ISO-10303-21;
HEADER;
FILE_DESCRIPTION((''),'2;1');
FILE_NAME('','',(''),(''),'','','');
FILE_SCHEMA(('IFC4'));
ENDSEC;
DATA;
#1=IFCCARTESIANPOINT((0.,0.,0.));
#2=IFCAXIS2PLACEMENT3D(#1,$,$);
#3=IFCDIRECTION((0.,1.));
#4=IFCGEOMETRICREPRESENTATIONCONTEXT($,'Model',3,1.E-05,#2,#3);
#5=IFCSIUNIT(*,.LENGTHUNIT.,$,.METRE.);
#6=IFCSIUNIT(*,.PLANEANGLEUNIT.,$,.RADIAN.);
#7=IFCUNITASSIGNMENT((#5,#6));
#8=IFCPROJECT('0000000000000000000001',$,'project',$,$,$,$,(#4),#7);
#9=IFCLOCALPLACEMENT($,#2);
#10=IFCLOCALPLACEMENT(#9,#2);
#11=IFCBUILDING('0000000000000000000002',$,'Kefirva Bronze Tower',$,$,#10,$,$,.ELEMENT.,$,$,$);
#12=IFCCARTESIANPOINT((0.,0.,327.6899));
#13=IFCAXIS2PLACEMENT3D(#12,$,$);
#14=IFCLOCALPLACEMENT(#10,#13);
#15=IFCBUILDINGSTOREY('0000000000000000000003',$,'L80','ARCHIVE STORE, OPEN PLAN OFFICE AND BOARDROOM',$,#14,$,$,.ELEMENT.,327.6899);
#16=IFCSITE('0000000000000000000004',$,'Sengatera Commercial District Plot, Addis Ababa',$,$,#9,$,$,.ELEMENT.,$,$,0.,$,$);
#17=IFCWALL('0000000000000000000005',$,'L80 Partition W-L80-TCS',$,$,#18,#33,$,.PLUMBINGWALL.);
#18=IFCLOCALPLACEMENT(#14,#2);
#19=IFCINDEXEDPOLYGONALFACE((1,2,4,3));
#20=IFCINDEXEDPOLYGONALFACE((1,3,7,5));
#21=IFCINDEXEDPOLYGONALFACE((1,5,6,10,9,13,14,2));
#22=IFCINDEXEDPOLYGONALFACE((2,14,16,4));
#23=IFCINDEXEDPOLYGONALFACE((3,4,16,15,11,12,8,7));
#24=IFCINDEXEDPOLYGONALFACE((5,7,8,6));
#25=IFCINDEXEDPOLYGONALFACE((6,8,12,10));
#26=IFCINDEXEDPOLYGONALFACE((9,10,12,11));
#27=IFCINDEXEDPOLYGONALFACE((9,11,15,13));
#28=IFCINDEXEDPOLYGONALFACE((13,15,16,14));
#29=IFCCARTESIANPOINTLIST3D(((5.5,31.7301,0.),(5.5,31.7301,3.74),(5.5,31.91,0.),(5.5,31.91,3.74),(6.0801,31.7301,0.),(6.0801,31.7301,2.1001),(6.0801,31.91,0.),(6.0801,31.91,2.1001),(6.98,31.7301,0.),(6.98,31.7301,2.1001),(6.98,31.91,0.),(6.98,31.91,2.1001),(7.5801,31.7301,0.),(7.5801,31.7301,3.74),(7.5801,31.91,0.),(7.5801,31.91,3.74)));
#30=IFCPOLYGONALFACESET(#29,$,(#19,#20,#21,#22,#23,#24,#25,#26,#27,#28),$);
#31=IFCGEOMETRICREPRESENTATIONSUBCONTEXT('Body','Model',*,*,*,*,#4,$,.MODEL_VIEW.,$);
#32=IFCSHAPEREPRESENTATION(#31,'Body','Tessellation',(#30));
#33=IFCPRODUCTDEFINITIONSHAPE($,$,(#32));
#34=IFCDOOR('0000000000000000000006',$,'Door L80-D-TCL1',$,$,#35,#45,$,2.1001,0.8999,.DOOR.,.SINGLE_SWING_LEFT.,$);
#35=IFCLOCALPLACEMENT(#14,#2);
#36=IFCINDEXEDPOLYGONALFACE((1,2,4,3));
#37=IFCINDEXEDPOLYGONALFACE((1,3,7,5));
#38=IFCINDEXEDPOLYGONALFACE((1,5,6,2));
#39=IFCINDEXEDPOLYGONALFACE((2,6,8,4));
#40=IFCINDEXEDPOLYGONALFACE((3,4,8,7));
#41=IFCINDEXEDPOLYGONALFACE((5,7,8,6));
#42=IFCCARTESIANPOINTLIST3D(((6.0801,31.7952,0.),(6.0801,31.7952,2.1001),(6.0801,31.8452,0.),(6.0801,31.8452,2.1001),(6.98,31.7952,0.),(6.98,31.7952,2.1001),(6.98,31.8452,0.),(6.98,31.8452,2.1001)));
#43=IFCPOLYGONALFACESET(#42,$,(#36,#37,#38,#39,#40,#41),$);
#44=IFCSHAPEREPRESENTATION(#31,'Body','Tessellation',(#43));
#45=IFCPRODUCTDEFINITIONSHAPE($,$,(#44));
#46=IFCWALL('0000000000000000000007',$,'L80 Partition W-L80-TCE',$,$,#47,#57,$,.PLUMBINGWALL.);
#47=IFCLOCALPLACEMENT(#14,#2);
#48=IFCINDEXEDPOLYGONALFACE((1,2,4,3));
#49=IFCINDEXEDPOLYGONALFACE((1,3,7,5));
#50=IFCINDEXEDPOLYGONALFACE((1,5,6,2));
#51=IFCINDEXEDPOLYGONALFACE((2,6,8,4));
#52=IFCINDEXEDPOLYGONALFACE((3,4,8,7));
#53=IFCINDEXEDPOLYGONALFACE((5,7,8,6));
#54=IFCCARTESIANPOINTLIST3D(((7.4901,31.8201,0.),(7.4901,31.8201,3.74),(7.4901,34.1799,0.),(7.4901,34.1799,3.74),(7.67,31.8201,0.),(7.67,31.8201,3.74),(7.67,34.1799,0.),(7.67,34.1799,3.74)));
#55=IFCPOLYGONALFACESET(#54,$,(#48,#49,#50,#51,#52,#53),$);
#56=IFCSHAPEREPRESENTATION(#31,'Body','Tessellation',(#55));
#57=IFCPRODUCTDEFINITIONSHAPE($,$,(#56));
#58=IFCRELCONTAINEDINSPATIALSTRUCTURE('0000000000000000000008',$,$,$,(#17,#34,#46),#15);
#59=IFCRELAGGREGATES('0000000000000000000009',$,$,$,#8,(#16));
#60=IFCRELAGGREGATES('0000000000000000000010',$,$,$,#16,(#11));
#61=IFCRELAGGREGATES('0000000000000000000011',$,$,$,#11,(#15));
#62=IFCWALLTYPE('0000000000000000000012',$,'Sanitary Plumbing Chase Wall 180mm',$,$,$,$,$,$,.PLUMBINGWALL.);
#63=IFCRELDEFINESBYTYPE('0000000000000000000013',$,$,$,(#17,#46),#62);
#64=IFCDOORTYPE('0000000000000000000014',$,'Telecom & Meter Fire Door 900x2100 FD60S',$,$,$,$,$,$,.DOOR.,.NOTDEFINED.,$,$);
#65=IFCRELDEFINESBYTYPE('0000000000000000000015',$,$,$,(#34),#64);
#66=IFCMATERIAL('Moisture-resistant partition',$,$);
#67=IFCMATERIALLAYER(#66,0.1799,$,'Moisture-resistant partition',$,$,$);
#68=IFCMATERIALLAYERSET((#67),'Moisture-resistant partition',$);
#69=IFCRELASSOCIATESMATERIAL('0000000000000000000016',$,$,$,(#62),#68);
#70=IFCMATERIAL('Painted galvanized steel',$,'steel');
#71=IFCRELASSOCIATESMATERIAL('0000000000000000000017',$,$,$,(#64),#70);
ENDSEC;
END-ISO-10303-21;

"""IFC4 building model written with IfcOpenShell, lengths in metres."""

from ifc_helpers import new_model, si_unit, direction, frame, frame_2d, origin, place, context, subcontext, project, spatial, rectangle, extrude, material, layer, layer_set, type_object, element, fill, save


model = new_model("IFC4")

# Units and contexts
model_context = context("Model", 3, precision=1e-05, world=origin(), true_north=direction((0.0, 1.0)))
body_context = subcontext(model_context, "Body", "Model", "MODEL_VIEW")
ifc_project = project(units=[si_unit("LENGTHUNIT", "METRE"), si_unit("PLANEANGLEUNIT", "RADIAN")], contexts=[model_context])

# Site, building, storey
site_placement = place(None, origin())
site = spatial("IfcSite", under=ifc_project, at=site_placement, Name="Sengatera Commercial District Plot, Addis Ababa", CompositionType="ELEMENT", RefElevation=0.0)
building_placement = place(site_placement, origin())
building = spatial("IfcBuilding", under=site, at=building_placement, Name="Kefirva Bronze Tower", CompositionType="ELEMENT")
storey_placement = place(building_placement, frame((0.0, 0.0, 327.6899)))
storey = spatial("IfcBuildingStorey", under=building, at=storey_placement, Name="L80", Description="ARCHIVE STORE, OPEN PLAN OFFICE AND BOARDROOM", CompositionType="ELEMENT", Elevation=327.6899)

# Wall, opening, door
ifc_material_1 = material(Name="Moisture-resistant partition")
ifc_layer_1 = layer(ifc_material_1, 0.1799, Name="Moisture-resistant partition")
ifc_layer_set_1 = layer_set([ifc_layer_1], Name="Moisture-resistant partition")
wall_type_1 = type_object("IfcWallType", Name="Sanitary Plumbing Chase Wall 180mm", PredefinedType="PLUMBINGWALL", material=ifc_layer_set_1)
wall_1_placement = place(storey_placement, frame((5.5, 31.8201, 0.0), z_axis=(0.0, 0.0, 1.0), x_axis=(1.0, 0.0, 0.0)))
wall_1 = element("IfcWall", 1, at=wall_1_placement, inside=storey, type_object=wall_type_1, Name="L80 Partition W-L80-TCS", PredefinedType="PLUMBINGWALL", context=body_context, shape_type="SweptSolid", body=[
    extrude(rectangle(XDim=2.0801, YDim=0.1799, at=frame_2d((1.04, 0.0))), origin(), (0.0, 0.0, 1.0), 3.74),
])
opening_1_placement = place(wall_1_placement, frame((1.48, 0.0, 0.0), z_axis=(0.0, 0.0, 1.0), x_axis=(-1.0, 0.0, 0.0)))
opening_1 = element("IfcOpeningElement", 2, at=opening_1_placement, cuts=wall_1, PredefinedType="OPENING", context=body_context, shape_type="SweptSolid", body=[
    extrude(rectangle(XDim=0.8999, YDim=2.1001, at=frame_2d((0.45, 1.05))), frame((0.0, 0.1001, 0.0), z_axis=(0.0, -1.0, 0.0), x_axis=(1.0, 0.0, 0.0)), (0.0, 0.0, 1.0), 0.2),
])
ifc_material_2 = material(Name="Painted galvanized steel", Category="steel")
door_type_1 = type_object("IfcDoorType", Name="Telecom & Meter Fire Door 900x2100 FD60S", OperationType="NOTDEFINED", PredefinedType="DOOR", material=ifc_material_2)
door_1_placement = place(opening_1_placement, origin())
door_1 = element("IfcDoor", 3, at=door_1_placement, inside=storey, type_object=door_type_1, Name="Door L80-D-TCL1", OperationType="SINGLE_SWING_LEFT", OverallHeight=2.1001, OverallWidth=0.8999, PredefinedType="DOOR", context=body_context, shape_type="SweptSolid", body=[
    extrude(rectangle(XDim=0.8999, YDim=2.1001, at=frame_2d((0.45, 1.05))), frame((0.0, 0.0249, 0.0), z_axis=(0.0, -1.0, 0.0), x_axis=(1.0, 0.0, 0.0)), (0.0, 0.0, 1.0), 0.05),
])
fill(opening_1, door_1)

# Wall
wall_2_placement = place(storey_placement, frame((7.5801, 31.8201, 0.0), z_axis=(0.0, 0.0, 1.0), x_axis=(0.0, 1.0, 0.0)))
element("IfcWall", 4, at=wall_2_placement, inside=storey, type_object=wall_type_1, Name="L80 Partition W-L80-TCE", PredefinedType="PLUMBINGWALL", context=body_context, shape_type="SweptSolid", body=[
    extrude(rectangle(XDim=2.3599, YDim=0.1799, at=frame_2d((1.1799, 0.0))), origin(), (0.0, 0.0, 1.0), 3.74),
])

save(model, "model.ifc")
